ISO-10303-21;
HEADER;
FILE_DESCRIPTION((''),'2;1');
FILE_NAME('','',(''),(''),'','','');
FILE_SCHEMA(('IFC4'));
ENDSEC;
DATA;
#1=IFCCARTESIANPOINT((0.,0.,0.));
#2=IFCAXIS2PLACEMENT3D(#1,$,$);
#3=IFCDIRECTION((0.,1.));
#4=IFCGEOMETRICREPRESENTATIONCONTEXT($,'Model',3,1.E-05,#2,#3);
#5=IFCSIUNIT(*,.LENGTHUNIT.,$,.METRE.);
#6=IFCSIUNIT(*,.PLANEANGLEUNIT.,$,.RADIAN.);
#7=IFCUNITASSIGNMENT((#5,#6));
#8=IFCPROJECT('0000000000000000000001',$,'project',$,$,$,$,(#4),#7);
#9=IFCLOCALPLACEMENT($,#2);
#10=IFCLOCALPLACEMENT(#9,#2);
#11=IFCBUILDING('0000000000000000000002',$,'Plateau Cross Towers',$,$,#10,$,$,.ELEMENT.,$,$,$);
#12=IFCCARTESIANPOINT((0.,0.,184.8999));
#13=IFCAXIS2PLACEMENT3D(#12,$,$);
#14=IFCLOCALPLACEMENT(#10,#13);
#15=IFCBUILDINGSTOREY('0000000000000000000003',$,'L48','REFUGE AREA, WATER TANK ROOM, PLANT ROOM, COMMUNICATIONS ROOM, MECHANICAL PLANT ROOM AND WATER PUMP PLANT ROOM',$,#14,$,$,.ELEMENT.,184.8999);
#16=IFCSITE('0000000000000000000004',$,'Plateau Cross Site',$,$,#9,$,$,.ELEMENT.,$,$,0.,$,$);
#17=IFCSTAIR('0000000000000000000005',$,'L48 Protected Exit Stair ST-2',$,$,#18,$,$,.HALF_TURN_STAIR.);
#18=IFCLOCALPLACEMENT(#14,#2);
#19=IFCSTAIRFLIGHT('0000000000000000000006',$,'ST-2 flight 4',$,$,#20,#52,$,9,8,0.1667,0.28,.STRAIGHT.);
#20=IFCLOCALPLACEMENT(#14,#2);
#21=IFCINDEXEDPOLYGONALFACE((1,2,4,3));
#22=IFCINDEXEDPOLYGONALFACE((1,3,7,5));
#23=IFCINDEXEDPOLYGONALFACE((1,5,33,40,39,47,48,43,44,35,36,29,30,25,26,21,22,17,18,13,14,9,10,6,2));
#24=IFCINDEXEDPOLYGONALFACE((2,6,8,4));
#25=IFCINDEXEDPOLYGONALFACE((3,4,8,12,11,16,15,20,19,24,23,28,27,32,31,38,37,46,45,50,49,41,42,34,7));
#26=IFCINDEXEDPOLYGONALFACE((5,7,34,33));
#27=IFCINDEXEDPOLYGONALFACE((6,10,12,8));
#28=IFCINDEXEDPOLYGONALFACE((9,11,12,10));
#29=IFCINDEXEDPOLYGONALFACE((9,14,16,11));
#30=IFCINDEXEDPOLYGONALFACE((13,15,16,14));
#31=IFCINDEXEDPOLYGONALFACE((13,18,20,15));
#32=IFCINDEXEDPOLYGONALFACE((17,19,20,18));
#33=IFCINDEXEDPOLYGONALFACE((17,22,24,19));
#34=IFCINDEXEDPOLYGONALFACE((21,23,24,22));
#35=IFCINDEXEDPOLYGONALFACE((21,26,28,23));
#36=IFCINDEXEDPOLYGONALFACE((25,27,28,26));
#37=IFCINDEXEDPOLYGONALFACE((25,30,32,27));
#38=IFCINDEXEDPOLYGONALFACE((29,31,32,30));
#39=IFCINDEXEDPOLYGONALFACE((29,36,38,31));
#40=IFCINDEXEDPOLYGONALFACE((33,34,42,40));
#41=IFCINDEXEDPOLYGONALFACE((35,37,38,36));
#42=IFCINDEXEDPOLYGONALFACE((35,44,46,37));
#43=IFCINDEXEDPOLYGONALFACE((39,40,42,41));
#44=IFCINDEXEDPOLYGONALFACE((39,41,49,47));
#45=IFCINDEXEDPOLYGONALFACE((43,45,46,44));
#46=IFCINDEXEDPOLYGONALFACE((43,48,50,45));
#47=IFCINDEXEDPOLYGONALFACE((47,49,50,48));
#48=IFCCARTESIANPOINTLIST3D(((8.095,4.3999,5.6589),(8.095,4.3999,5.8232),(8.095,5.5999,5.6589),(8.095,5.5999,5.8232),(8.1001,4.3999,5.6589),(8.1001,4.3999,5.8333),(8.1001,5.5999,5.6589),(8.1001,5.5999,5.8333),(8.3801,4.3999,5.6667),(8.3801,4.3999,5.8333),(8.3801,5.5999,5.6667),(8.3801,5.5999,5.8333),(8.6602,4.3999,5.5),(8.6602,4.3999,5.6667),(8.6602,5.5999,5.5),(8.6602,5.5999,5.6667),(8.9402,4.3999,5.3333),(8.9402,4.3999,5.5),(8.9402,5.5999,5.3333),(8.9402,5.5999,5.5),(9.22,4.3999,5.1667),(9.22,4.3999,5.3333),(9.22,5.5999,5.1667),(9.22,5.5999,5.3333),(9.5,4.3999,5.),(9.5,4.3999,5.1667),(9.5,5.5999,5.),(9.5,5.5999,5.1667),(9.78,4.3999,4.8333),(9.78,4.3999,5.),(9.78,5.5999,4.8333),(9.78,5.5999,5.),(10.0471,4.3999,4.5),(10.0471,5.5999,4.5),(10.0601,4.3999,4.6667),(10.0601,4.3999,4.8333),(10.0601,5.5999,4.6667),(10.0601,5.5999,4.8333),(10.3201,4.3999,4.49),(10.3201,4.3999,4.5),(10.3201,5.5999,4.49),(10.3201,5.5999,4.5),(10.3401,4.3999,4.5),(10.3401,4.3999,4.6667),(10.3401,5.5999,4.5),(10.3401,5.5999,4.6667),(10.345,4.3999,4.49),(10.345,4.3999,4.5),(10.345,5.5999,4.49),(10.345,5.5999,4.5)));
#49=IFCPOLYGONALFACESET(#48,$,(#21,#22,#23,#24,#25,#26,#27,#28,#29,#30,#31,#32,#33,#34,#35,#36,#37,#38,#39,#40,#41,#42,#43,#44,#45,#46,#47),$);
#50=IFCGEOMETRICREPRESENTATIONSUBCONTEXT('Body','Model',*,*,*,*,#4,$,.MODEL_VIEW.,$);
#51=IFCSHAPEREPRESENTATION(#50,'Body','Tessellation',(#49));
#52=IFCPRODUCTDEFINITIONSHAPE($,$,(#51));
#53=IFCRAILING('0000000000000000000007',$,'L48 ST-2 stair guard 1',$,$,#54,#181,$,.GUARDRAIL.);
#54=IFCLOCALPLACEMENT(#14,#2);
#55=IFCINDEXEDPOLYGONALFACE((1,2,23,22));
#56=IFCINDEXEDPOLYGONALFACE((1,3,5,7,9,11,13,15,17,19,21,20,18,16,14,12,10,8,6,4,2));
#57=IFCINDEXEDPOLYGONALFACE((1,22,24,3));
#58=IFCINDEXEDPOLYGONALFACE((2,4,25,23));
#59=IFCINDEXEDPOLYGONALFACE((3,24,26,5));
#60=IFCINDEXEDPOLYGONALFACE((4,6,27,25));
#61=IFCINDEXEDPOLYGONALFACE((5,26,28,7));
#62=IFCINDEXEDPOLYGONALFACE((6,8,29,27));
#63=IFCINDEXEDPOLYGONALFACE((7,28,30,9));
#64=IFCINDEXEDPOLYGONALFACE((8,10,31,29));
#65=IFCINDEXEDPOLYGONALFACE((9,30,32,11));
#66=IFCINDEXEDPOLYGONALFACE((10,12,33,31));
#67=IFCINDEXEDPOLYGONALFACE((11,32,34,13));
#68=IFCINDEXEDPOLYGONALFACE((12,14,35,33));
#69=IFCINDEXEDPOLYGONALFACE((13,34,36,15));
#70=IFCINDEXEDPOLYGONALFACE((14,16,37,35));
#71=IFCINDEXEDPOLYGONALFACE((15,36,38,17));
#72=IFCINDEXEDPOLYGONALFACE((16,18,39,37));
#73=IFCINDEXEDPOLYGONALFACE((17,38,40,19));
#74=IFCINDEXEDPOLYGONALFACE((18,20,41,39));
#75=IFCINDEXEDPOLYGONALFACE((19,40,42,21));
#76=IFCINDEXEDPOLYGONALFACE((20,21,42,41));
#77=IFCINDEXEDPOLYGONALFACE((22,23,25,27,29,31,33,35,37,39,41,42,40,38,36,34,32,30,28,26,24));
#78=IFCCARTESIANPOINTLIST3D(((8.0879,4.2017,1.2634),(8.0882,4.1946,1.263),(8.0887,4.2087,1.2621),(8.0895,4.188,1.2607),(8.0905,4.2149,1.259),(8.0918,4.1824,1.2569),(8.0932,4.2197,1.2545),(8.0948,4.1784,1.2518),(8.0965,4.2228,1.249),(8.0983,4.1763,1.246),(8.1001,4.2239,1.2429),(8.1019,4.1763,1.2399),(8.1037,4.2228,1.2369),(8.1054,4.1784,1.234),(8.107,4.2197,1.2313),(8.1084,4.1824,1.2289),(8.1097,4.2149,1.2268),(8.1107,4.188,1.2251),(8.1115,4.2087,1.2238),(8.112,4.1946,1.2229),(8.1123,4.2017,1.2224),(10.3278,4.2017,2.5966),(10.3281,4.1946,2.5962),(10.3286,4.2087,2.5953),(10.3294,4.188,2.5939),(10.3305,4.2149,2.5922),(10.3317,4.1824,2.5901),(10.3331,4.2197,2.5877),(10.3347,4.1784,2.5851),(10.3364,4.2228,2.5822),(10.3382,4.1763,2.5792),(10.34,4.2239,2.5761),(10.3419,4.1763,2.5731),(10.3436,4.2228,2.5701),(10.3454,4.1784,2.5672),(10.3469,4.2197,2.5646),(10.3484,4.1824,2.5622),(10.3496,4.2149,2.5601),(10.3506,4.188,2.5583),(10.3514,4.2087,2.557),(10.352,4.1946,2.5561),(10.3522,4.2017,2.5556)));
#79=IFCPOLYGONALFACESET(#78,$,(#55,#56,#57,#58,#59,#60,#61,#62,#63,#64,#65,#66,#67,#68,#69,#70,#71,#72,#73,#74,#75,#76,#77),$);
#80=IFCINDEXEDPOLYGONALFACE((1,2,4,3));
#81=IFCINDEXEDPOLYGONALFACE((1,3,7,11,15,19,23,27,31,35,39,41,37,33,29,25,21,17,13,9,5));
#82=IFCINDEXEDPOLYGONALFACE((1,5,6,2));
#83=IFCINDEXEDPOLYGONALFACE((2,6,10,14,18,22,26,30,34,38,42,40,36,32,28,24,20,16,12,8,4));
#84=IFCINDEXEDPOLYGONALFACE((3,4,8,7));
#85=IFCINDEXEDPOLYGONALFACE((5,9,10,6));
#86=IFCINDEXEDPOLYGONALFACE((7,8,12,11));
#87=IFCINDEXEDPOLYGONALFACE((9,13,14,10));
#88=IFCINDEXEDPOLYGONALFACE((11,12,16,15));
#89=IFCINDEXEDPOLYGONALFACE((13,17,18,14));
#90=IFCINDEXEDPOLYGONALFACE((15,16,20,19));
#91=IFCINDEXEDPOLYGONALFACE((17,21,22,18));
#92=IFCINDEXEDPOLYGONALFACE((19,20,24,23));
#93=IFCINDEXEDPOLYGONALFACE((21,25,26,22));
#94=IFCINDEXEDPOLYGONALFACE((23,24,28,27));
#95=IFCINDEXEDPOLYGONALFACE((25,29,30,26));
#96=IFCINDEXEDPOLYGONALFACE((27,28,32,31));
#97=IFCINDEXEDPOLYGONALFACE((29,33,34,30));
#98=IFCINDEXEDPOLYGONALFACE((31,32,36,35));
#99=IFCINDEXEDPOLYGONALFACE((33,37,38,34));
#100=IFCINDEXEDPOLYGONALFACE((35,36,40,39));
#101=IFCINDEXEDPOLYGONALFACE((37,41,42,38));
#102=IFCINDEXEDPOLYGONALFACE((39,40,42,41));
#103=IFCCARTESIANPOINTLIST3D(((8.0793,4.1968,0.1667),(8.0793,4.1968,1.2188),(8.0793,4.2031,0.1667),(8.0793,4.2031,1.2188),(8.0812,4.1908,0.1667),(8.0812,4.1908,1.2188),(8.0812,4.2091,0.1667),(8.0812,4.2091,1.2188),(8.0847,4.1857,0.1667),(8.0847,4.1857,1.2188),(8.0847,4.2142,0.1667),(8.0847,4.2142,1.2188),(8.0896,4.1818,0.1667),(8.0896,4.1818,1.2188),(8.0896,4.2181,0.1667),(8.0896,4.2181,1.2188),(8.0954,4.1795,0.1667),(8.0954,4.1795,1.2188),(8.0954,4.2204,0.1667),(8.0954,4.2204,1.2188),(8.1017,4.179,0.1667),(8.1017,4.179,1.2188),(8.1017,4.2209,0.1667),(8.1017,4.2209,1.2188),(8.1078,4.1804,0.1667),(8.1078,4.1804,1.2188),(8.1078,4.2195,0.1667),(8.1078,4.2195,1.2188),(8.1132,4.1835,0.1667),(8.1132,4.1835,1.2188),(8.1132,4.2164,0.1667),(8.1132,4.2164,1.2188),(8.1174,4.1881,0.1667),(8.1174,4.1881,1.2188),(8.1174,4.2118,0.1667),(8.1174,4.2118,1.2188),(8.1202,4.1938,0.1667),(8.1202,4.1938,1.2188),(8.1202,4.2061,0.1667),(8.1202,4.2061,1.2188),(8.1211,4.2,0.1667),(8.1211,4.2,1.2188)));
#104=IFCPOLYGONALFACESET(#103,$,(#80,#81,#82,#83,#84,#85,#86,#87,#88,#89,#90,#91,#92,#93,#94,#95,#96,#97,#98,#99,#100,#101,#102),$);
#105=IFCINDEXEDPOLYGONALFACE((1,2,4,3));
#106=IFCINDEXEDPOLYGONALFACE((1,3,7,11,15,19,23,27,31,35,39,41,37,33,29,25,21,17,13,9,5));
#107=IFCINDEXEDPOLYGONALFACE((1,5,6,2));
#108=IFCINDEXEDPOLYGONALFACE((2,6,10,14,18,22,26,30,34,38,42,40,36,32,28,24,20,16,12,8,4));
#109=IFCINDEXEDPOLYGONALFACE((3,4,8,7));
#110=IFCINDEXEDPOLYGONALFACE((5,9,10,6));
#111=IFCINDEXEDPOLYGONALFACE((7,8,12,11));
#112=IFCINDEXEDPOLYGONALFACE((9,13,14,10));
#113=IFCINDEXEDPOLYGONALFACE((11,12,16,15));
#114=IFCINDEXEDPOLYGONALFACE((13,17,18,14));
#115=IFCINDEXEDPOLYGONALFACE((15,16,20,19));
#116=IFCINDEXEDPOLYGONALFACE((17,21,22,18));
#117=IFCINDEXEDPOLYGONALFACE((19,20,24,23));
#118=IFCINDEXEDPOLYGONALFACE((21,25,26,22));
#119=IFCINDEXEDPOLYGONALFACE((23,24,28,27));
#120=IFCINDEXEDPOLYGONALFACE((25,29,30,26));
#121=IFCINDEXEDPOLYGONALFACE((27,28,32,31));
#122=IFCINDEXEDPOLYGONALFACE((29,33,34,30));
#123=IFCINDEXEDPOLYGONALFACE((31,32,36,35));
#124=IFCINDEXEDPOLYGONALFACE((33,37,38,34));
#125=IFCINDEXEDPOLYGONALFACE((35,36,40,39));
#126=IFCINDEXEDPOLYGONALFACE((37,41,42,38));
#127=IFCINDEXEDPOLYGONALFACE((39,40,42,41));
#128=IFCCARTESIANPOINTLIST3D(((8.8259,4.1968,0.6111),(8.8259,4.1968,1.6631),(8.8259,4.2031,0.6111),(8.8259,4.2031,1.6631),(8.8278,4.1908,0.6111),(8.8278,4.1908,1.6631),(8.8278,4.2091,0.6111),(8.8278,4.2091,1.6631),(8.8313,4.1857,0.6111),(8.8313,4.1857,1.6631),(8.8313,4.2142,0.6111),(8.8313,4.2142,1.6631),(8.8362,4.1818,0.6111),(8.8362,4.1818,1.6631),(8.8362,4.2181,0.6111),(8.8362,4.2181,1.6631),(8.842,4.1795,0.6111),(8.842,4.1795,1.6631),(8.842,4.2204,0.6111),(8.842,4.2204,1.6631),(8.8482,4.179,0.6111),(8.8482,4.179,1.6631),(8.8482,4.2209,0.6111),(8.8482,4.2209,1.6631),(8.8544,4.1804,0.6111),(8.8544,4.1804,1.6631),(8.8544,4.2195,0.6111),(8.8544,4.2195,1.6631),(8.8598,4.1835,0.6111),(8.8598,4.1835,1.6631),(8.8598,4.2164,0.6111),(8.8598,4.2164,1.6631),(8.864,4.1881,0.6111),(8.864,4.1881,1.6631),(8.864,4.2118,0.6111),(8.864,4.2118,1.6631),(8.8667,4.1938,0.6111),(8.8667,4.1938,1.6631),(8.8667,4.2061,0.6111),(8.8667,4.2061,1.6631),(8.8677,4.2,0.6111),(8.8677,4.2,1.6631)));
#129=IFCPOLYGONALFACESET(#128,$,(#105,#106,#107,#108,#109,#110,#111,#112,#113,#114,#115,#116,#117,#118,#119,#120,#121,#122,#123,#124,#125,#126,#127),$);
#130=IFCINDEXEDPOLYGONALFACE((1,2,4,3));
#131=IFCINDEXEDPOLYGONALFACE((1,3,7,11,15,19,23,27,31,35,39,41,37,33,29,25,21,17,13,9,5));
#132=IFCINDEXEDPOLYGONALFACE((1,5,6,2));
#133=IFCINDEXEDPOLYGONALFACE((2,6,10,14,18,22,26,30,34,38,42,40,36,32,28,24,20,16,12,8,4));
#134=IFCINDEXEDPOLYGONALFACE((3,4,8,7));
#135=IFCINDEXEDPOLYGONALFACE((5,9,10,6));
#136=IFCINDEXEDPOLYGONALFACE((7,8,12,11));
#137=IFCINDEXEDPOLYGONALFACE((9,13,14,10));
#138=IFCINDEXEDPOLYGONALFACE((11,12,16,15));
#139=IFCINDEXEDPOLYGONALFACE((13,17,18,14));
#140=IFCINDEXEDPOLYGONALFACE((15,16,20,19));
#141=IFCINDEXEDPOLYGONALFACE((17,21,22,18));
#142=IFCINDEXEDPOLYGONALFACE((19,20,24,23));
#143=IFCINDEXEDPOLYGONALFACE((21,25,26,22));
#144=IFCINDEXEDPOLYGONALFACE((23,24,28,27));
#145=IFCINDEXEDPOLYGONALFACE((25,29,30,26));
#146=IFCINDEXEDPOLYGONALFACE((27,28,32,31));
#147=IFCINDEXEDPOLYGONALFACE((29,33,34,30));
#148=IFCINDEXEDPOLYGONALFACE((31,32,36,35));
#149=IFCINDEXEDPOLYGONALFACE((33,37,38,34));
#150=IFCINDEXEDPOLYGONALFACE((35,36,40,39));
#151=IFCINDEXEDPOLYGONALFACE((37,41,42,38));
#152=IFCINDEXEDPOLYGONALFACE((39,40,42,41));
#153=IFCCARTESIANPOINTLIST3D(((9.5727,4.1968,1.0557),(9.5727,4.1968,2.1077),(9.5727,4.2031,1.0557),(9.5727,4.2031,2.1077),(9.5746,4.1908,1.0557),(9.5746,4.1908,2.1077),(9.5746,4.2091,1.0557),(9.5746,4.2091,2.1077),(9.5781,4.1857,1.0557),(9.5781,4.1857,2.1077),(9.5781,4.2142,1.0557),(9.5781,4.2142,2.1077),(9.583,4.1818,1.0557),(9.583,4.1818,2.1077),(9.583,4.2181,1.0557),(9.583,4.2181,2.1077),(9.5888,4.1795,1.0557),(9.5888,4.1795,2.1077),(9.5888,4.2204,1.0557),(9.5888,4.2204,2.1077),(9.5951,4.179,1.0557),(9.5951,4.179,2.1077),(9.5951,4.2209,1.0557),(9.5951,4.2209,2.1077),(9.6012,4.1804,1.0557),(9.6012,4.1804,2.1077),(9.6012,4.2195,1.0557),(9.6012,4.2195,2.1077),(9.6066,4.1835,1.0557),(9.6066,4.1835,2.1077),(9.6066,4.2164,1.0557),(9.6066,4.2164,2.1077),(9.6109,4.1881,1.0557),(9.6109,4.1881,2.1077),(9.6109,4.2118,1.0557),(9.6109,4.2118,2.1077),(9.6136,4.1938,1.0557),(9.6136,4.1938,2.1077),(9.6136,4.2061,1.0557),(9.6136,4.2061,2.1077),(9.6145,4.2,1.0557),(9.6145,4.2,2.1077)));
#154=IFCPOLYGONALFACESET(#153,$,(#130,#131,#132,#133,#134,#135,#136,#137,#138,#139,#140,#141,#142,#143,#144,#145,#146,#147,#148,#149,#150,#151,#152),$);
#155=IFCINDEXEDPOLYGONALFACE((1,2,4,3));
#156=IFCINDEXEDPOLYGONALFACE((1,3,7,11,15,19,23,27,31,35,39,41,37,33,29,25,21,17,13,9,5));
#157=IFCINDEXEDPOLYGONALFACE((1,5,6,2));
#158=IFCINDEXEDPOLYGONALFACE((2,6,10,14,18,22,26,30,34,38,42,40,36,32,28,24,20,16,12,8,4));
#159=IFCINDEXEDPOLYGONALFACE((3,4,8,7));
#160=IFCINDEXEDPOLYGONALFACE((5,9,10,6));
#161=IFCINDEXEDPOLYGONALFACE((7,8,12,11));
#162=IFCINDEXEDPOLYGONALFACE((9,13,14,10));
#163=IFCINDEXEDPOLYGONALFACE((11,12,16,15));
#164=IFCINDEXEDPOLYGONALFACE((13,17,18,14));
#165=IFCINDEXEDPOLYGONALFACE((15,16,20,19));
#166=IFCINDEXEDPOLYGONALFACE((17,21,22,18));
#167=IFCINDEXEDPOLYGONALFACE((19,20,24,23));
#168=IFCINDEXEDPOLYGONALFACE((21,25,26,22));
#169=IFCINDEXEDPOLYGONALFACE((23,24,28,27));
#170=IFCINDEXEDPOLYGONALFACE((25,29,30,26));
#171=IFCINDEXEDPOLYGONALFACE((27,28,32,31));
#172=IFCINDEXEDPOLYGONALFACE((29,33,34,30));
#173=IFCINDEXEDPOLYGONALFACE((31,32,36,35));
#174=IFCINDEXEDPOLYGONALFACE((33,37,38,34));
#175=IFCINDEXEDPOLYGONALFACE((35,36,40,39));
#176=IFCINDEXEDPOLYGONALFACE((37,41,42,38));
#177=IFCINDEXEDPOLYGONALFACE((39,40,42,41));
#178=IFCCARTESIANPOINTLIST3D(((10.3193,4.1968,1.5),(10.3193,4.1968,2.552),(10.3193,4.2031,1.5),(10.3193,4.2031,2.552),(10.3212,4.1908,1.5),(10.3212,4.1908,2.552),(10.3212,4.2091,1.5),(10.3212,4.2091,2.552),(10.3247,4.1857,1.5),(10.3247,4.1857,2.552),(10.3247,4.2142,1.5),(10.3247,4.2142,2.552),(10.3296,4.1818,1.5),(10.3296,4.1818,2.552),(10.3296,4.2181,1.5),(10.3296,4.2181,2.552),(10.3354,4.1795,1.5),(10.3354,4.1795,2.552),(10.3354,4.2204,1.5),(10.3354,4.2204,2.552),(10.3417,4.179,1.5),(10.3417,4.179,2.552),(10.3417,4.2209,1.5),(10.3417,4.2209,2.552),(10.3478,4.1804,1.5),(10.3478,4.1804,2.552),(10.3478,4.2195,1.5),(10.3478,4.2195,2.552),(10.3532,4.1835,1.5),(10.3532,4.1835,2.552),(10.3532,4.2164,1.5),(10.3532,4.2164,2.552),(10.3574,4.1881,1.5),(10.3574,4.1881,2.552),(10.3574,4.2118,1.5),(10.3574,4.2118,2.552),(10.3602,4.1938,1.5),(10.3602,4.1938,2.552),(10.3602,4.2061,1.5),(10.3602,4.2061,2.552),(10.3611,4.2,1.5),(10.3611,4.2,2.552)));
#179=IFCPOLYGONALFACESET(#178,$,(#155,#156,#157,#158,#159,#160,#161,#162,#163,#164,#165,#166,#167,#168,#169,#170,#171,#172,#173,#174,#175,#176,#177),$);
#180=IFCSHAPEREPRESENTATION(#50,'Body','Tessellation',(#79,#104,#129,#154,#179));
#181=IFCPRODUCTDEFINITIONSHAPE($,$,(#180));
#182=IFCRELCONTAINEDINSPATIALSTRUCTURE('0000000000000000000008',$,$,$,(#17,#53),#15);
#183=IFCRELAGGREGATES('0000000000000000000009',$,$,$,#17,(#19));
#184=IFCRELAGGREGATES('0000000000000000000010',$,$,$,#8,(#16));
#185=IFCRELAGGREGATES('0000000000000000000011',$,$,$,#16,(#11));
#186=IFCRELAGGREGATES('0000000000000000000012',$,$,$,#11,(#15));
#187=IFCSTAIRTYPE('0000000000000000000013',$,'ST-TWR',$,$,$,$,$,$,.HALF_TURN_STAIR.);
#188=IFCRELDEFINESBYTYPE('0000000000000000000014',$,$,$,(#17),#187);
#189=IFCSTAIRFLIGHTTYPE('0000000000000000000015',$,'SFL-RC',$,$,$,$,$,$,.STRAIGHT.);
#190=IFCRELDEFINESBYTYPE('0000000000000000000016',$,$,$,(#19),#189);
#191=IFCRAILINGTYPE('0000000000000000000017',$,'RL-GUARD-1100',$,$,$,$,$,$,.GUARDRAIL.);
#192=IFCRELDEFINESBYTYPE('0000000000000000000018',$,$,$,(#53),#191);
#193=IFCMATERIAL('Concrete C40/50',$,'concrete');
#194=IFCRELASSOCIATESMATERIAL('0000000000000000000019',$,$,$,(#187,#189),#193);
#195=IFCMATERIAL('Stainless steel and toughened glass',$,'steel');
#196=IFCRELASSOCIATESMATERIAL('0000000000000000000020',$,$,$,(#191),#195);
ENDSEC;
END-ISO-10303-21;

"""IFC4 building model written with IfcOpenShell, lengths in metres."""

from ifc_helpers import new_model, si_unit, direction, frame, origin, origin_2d, place, context, subcontext, project, spatial, polyline, circle, outline, extrude, material, type_object, element, aggregate, save


model = new_model("IFC4")

# Units and contexts
model_context = context("Model", 3, precision=1e-05, world=origin(), true_north=direction((0.0, 1.0)))
body_context = subcontext(model_context, "Body", "Model", "MODEL_VIEW")
ifc_project = project(units=[si_unit("LENGTHUNIT", "METRE"), si_unit("PLANEANGLEUNIT", "RADIAN")], contexts=[model_context])

# Site, building, storey
site_placement = place(None, origin())
site = spatial("IfcSite", under=ifc_project, at=site_placement, Name="Plateau Cross Site", CompositionType="ELEMENT", RefElevation=0.0)
building_placement = place(site_placement, origin())
building = spatial("IfcBuilding", under=site, at=building_placement, Name="Plateau Cross Towers", CompositionType="ELEMENT")
storey_placement = place(building_placement, frame((0.0, 0.0, 184.8999)))
storey = spatial("IfcBuildingStorey", under=building, at=storey_placement, Name="L48", Description="REFUGE AREA, WATER TANK ROOM, PLANT ROOM, COMMUNICATIONS ROOM, MECHANICAL PLANT ROOM AND WATER PUMP PLANT ROOM", CompositionType="ELEMENT", Elevation=184.8999)

# Stair, stair flight
ifc_material_1 = material(Name="Concrete C40/50", Category="concrete")
stair_type = type_object("IfcStairType", Name="ST-TWR", PredefinedType="HALF_TURN_STAIR", material=ifc_material_1)
stair_placement = place(storey_placement, origin())
stair = element("IfcStair", 1, at=stair_placement, inside=storey, type_object=stair_type, Name="L48 Protected Exit Stair ST-2", PredefinedType="HALF_TURN_STAIR")
stair_flight_type = type_object("IfcStairFlightType", Name="SFL-RC", PredefinedType="STRAIGHT", material=ifc_material_1)
stair_flight_1_placement = place(storey_placement, frame((10.3401, 5.0, 4.5), z_axis=(0.0, 0.0, 1.0), x_axis=(-1.0, 0.0, 0.0)))
stair_flight_1 = element("IfcStairFlight", 2, at=stair_flight_1_placement, type_object=stair_flight_type, Name="ST-2 flight 4", NumberOfRisers=9, NumberOfTreads=8, PredefinedType="STRAIGHT", RiserHeight=0.1667, TreadLength=0.28, context=body_context, shape_type="SweptSolid", body=[
    extrude(outline(polyline([(-0.0049, -0.01), (-0.0049, 0.0), (0.0, 0.0), (0.0, 0.1667), (0.28, 0.1667), (0.28, 0.3333), (0.5601, 0.3333), (0.5601, 0.5), (0.8401, 0.5), (0.8401, 0.6667), (1.1201, 0.6667), (1.1201, 0.8333), (1.3999, 0.8333), (1.3999, 1.0), (1.6799, 1.0), (1.6799, 1.1667), (1.96, 1.1667), (1.96, 1.3333), (2.24, 1.3333), (2.2451, 1.3232), (2.2451, 1.1589), (2.24, 1.1589), (0.293, 0.0), (0.02, 0.0), (0.02, -0.01), (-0.0049, -0.01)])), frame((0.0, 0.6001, 0.0), z_axis=(0.0, -1.0, 0.0), x_axis=(1.0, 0.0, 0.0)), (0.0, 0.0, 1.0), 1.2),
])
aggregate(stair, [stair_flight_1])

# Railing
ifc_material_2 = material(Name="Stainless steel and toughened glass", Category="steel")
railing_type_1 = type_object("IfcRailingType", Name="RL-GUARD-1100", PredefinedType="GUARDRAIL", material=ifc_material_2)
railing_1_placement = place(storey_placement, frame((8.1001, 4.2, 0.1667)))
element("IfcRailing", 3, at=railing_1_placement, inside=storey, type_object=railing_type_1, Name="L48 ST-2 stair guard 1", PredefinedType="GUARDRAIL", context=body_context, shape_type="SweptSolid", body=[
    extrude(circle(Radius=0.0239, at=origin_2d()), frame((0.0, 0.0, 1.0762), z_axis=(0.859306, 0.0, 0.511462), x_axis=(0.0, 1.0, 0.0)), (0.0, 0.0, 1.0), 2.6067),
    extrude(circle(Radius=0.021, at=origin_2d()), origin(), (0.0, 0.0, 1.0), 1.052),
    extrude(circle(Radius=0.021, at=origin_2d()), frame((0.7466, 0.0, 0.4443)), (0.0, 0.0, 1.0), 1.052),
    extrude(circle(Radius=0.021, at=origin_2d()), frame((1.4934, 0.0, 0.8889)), (0.0, 0.0, 1.0), 1.052),
    extrude(circle(Radius=0.021, at=origin_2d()), frame((2.24, 0.0, 1.3333)), (0.0, 0.0, 1.0), 1.052),
])

save(model, "model.ifc")
